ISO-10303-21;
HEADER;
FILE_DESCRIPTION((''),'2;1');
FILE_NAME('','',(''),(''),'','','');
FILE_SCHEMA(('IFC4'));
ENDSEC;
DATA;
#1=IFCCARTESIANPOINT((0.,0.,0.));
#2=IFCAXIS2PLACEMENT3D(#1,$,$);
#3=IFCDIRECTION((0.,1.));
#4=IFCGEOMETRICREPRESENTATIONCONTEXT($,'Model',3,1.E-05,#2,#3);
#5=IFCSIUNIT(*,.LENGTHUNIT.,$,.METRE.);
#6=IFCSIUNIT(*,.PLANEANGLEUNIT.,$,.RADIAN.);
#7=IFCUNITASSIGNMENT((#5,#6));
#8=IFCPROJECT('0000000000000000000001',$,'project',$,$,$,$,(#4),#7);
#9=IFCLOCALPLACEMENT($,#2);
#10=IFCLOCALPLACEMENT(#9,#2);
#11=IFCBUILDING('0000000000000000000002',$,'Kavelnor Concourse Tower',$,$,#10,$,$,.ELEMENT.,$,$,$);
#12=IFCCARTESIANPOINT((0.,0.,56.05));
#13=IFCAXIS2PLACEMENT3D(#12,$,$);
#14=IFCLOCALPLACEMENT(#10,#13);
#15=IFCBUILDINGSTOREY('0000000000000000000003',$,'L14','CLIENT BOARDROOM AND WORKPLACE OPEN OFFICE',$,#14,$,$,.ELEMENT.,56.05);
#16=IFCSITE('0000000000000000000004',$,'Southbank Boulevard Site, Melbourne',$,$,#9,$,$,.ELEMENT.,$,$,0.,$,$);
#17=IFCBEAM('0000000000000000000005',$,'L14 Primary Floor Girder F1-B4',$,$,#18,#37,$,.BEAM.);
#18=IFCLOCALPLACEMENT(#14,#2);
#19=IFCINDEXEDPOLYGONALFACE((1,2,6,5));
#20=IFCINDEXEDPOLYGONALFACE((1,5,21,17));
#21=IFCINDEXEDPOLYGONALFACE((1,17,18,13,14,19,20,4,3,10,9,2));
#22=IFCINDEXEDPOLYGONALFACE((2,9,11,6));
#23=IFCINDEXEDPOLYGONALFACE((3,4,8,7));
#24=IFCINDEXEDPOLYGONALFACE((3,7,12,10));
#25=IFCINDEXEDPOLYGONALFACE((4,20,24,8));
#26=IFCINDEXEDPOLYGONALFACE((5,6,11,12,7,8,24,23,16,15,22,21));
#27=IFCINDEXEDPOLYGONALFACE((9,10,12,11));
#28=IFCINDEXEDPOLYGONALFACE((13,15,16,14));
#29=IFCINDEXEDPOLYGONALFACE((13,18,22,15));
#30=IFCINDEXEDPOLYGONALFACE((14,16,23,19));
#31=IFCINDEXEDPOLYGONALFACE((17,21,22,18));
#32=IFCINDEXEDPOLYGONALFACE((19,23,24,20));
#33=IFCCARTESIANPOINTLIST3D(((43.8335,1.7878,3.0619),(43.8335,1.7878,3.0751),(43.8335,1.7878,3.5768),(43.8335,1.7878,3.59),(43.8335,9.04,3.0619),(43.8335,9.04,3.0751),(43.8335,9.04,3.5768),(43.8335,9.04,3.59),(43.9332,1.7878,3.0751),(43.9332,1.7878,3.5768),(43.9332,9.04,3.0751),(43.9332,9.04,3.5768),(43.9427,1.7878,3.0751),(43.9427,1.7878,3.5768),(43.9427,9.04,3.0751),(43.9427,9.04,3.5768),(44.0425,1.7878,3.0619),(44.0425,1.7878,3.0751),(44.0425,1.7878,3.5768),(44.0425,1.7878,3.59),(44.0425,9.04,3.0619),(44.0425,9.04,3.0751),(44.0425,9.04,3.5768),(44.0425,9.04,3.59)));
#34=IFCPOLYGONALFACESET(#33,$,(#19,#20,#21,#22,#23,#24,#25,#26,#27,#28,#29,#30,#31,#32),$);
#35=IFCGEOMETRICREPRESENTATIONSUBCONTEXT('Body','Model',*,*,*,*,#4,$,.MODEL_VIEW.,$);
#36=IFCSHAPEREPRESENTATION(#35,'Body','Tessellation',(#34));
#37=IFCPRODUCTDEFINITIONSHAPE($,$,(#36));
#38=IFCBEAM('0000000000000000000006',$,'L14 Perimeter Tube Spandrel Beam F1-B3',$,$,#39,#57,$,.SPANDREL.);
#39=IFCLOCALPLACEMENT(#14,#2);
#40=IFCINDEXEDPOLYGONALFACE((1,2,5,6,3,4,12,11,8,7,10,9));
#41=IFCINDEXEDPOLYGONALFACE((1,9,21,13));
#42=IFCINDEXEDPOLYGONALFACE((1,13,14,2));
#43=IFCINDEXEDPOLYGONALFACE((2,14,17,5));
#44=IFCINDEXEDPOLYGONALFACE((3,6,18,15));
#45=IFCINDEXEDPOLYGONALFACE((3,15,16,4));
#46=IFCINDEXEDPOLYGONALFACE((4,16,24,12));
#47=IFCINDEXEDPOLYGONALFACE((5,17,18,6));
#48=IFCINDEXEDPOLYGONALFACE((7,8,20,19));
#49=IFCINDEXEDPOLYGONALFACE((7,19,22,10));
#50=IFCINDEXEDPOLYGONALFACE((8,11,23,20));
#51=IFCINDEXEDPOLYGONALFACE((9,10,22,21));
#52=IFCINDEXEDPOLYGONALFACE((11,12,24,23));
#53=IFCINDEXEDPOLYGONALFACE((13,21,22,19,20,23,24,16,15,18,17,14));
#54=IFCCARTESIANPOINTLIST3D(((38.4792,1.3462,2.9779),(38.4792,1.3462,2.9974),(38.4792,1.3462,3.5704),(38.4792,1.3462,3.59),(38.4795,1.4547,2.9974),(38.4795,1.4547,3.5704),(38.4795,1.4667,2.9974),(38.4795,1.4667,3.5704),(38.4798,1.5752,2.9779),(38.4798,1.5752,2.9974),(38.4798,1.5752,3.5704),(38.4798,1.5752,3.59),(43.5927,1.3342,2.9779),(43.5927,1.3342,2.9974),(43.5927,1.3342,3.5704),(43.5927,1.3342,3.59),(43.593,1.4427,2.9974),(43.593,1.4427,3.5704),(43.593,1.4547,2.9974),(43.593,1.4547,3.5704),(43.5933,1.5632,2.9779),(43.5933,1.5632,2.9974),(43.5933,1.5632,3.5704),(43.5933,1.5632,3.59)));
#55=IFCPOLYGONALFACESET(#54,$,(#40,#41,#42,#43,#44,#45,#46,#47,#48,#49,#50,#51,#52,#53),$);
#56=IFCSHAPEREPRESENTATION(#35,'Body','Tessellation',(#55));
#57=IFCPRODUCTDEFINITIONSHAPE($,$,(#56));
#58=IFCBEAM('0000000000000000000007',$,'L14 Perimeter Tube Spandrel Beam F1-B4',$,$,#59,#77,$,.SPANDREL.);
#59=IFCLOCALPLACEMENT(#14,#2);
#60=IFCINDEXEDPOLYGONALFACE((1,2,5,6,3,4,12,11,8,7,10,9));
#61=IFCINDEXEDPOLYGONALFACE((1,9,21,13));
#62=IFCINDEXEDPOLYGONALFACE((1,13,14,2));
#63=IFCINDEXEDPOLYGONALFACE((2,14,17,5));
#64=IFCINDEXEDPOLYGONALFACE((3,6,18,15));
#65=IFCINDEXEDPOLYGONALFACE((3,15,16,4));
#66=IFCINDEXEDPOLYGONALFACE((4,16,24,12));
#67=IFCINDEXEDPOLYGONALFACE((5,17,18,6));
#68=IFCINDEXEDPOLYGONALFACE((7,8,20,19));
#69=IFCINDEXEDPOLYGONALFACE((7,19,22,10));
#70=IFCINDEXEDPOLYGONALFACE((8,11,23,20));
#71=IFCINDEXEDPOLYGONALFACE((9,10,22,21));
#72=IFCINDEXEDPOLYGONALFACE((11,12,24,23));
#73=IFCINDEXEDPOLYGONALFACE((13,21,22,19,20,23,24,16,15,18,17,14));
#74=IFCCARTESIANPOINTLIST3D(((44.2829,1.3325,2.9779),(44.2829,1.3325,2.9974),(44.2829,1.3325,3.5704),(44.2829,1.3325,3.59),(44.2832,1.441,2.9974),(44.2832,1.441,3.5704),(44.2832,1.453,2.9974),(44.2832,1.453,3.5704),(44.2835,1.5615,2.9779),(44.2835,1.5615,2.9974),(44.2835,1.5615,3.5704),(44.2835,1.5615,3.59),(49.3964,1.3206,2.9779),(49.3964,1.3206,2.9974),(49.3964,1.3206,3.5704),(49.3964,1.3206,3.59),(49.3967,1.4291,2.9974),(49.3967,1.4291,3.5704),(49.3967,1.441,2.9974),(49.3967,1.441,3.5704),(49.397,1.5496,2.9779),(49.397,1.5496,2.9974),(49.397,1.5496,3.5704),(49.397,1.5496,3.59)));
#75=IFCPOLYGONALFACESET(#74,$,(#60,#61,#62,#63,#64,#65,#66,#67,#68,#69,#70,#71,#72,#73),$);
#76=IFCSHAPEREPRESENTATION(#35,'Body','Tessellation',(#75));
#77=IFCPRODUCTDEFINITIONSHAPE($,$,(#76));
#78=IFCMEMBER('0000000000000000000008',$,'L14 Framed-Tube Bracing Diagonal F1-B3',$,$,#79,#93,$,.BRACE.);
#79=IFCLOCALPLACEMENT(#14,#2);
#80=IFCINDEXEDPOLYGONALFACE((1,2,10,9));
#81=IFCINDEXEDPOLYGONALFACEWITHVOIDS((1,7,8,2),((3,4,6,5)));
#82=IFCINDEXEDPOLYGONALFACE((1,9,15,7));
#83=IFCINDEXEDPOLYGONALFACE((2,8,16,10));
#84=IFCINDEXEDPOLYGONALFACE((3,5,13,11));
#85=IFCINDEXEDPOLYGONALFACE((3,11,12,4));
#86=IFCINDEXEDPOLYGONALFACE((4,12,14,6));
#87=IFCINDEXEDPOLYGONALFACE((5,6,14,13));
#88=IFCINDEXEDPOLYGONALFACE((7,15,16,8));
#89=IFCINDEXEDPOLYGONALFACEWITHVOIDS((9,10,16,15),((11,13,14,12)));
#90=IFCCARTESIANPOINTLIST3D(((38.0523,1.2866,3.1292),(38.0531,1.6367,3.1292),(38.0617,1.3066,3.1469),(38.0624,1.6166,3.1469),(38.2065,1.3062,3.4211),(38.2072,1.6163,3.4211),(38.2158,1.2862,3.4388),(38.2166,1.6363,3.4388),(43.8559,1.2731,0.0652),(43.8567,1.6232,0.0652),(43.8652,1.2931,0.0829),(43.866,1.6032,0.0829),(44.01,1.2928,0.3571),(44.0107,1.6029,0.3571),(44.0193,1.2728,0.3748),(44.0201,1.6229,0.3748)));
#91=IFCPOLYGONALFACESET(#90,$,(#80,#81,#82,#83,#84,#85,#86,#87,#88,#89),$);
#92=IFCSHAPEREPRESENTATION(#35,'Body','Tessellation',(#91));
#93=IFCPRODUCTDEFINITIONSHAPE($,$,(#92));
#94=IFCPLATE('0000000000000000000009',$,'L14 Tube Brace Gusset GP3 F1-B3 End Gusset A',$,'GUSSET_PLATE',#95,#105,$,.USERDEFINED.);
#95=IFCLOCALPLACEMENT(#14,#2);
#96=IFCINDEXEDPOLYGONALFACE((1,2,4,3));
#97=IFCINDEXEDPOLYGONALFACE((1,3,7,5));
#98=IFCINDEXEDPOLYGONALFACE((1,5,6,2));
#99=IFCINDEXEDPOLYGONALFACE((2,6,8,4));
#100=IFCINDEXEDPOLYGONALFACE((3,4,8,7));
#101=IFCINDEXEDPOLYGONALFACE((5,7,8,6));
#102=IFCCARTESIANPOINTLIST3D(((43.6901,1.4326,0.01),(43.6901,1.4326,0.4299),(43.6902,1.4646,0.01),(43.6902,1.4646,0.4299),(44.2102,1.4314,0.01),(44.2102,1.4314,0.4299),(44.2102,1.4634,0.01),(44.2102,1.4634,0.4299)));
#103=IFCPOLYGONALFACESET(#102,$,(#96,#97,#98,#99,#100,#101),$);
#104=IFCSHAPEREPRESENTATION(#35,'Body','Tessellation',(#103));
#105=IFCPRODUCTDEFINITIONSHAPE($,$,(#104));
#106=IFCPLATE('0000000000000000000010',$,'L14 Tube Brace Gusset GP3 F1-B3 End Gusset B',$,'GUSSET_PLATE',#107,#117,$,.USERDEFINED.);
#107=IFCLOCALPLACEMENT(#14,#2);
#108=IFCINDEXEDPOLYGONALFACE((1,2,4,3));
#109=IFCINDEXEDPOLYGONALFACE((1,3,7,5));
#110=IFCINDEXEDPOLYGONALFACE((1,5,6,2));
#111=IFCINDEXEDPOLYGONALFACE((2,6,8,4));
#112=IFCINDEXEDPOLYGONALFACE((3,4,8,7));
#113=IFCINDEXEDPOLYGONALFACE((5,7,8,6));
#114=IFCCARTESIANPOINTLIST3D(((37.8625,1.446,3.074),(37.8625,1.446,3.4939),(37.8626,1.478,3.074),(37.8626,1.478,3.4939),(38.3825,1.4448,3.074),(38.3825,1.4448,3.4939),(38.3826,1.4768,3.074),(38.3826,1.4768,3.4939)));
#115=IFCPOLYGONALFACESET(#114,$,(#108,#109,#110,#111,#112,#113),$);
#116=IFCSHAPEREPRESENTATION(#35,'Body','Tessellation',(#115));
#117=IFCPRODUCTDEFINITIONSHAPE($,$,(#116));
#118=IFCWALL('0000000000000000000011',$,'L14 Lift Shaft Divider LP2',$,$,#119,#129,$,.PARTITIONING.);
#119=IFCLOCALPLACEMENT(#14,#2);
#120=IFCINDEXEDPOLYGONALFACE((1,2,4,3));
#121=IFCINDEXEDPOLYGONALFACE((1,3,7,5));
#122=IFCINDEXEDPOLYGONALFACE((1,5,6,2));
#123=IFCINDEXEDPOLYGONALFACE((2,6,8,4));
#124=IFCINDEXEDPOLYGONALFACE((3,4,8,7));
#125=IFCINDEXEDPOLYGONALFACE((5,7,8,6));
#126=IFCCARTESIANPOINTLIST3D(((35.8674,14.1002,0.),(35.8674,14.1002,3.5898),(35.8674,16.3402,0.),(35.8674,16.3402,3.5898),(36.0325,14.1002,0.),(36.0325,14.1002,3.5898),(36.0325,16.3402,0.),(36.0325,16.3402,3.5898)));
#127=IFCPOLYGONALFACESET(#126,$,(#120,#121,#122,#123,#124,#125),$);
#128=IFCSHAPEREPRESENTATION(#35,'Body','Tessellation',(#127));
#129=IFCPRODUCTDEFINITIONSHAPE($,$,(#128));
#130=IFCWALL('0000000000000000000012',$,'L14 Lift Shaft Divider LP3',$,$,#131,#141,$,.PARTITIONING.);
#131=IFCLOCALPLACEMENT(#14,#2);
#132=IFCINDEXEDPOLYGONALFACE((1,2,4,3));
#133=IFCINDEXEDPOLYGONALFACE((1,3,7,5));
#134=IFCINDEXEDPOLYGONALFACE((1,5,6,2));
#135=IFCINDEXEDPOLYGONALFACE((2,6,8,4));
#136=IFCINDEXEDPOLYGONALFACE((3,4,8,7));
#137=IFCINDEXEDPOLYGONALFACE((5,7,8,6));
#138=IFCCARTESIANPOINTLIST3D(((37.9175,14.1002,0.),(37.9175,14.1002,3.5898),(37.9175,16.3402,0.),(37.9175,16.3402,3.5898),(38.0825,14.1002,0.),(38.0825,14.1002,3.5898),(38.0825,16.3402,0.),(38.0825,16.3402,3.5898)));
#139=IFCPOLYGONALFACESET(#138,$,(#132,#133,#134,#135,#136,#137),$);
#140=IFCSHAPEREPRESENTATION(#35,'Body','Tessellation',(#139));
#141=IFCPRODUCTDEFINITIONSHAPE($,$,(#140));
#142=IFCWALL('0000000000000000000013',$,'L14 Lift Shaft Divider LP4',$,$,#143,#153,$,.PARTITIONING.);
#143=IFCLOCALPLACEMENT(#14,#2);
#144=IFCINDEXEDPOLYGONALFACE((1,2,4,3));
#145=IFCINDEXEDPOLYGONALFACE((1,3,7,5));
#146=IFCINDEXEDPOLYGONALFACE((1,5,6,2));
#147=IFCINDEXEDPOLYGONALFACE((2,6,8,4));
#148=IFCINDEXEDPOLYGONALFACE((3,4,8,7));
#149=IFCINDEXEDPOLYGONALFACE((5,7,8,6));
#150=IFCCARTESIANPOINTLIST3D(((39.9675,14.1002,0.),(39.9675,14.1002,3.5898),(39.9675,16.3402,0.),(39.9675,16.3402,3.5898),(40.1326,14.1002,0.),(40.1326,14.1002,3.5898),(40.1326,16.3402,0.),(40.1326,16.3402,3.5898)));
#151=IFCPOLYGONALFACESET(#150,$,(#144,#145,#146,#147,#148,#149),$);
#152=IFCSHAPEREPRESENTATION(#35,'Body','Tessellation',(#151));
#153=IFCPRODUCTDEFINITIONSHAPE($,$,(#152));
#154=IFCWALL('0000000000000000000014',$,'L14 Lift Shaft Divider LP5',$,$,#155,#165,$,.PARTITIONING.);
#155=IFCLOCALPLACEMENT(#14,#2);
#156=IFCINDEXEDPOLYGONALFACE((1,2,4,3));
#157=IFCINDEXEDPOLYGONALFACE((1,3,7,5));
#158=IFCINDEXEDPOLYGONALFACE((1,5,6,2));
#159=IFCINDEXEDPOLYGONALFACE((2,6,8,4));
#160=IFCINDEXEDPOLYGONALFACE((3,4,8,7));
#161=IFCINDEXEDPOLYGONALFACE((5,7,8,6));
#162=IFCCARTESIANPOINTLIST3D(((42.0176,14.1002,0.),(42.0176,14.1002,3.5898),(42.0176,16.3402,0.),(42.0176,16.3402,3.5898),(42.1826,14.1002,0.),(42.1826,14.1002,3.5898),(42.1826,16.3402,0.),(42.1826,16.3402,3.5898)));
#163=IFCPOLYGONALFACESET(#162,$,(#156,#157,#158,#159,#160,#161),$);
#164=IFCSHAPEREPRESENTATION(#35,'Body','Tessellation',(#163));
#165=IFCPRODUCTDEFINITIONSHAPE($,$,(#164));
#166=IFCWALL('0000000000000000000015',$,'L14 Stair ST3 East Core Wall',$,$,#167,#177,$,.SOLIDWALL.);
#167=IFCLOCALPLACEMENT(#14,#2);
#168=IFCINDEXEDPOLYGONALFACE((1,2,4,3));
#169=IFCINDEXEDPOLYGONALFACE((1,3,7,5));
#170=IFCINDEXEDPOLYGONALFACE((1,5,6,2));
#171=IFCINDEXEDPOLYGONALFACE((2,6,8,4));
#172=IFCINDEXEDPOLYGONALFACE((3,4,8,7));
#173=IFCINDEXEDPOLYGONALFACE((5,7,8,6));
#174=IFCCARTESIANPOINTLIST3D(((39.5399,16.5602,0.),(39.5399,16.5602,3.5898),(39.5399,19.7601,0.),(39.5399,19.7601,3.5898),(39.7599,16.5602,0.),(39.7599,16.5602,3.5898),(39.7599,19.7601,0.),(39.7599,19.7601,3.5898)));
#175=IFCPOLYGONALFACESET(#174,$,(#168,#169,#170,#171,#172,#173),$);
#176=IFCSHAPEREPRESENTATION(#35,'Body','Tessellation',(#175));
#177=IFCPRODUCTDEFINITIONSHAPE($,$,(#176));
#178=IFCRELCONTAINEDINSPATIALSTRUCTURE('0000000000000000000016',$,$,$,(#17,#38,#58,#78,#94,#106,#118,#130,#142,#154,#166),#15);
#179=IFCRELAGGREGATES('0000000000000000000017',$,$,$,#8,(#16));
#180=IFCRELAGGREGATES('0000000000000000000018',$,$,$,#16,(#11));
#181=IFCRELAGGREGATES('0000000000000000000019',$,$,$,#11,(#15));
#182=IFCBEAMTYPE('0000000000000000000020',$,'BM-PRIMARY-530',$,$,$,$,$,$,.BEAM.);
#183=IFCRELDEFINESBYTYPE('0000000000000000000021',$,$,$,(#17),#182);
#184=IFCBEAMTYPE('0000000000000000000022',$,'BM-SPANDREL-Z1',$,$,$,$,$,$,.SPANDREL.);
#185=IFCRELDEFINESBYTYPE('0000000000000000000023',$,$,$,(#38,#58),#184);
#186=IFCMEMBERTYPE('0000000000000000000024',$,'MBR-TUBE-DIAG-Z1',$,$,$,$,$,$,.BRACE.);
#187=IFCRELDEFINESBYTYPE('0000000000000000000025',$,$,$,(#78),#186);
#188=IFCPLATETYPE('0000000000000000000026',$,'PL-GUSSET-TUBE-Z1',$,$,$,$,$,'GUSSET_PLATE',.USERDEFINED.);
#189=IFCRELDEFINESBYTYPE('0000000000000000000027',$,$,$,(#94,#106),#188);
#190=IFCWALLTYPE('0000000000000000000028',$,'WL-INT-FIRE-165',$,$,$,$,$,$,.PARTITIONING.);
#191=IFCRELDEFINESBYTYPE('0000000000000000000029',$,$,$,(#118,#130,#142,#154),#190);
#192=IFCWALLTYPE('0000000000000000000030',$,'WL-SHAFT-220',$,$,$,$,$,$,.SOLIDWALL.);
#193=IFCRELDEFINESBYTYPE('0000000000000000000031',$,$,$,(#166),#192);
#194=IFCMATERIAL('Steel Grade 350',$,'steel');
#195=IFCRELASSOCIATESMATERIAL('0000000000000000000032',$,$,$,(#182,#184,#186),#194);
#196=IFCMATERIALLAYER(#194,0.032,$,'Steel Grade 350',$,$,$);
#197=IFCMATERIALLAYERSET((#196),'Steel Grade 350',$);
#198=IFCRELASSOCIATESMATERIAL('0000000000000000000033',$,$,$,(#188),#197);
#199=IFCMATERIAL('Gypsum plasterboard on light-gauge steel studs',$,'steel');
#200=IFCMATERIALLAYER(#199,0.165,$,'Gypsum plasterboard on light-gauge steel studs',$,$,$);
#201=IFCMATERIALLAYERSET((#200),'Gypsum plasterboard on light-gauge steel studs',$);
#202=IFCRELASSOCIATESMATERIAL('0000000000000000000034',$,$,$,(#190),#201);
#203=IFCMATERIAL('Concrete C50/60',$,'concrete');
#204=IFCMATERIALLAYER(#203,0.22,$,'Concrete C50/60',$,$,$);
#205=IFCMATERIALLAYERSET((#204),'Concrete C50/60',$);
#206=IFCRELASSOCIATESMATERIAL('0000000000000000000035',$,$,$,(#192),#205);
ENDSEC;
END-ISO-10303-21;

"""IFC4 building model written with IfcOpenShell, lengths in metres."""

from ifc_helpers import new_model, si_unit, direction, frame, frame_2d, origin, origin_2d, place, context, subcontext, project, spatial, rectangle, hollow_rectangle, i_section, extrude, material, layer, layer_set, material_profile, profile_set, type_object, element, save


model = new_model("IFC4")

# Units and contexts
model_context = context("Model", 3, precision=1e-05, world=origin(), true_north=direction((0.0, 1.0)))
body_context = subcontext(model_context, "Body", "Model", "MODEL_VIEW")
ifc_project = project(units=[si_unit("LENGTHUNIT", "METRE"), si_unit("PLANEANGLEUNIT", "RADIAN")], contexts=[model_context])

# Site, building, storey
site_placement = place(None, origin())
site = spatial("IfcSite", under=ifc_project, at=site_placement, Name="Southbank Boulevard Site, Melbourne", CompositionType="ELEMENT", RefElevation=0.0)
building_placement = place(site_placement, origin())
building = spatial("IfcBuilding", under=site, at=building_placement, Name="Kavelnor Concourse Tower", CompositionType="ELEMENT")
storey_placement = place(building_placement, frame((0.0, 0.0, 56.05)))
storey = spatial("IfcBuildingStorey", under=building, at=storey_placement, Name="L14", Description="CLIENT BOARDROOM AND WORKPLACE OPEN OFFICE", CompositionType="ELEMENT", Elevation=56.05)

# Shared definitions
ifc_material_1 = material(Name="Steel Grade 350", Category="steel")

# Beams
ifc_material_profile_1 = material_profile(ifc_material_1, i_section(OverallWidth=0.209, OverallDepth=0.5281, WebThickness=0.0095, FlangeThickness=0.0132, at=origin_2d()), Name="530UB82")
ifc_profile_set_1 = profile_set([ifc_material_profile_1], Name="Steel Grade 350")
beam_type_1 = type_object("IfcBeamType", Name="BM-PRIMARY-530", PredefinedType="BEAM", material=ifc_profile_set_1)
beam_1_placement = place(storey_placement, frame((43.938, 9.04, 3.3259), z_axis=(0.0, -1.0, 0.0), x_axis=(1.0, 0.0, 0.0)))
element("IfcBeam", 1, at=beam_1_placement, inside=storey, type_object=beam_type_1, Name="L14 Primary Floor Girder F1-B4", PredefinedType="BEAM", context=body_context, shape_type="SweptSolid", body=[
    extrude(i_section(OverallWidth=0.209, OverallDepth=0.5281, WebThickness=0.0095, FlangeThickness=0.0132, at=origin_2d()), origin(), (0.0, 0.0, 1.0), 7.2522),
])
ifc_material_profile_2 = material_profile(ifc_material_1, i_section(OverallWidth=0.229, OverallDepth=0.6121, WebThickness=0.012, FlangeThickness=0.0195, at=origin_2d()), Name="610UB125")
ifc_profile_set_2 = profile_set([ifc_material_profile_2], Name="Steel Grade 350")
beam_type_2 = type_object("IfcBeamType", Name="BM-SPANDREL-Z1", PredefinedType="SPANDREL", material=ifc_profile_set_2)
for number, where, z_axis, x_axis, name in (
    (2, (38.4795, 1.4607, 3.2839), (0.999997, -0.002339, 0.0), (0.002339, 0.999997, 0.0), "L14 Perimeter Tube Spandrel Beam F1-B3"),
    (3, (44.2832, 1.447, 3.2839), (0.999997, -0.002339, 0.0), (0.002339, 0.999997, 0.0), "L14 Perimeter Tube Spandrel Beam F1-B4"),
):
    element("IfcBeam", number, at=place(storey_placement, frame(where, z_axis=z_axis, x_axis=x_axis)), inside=storey, type_object=beam_type_2, Name=name, PredefinedType="SPANDREL", context=body_context, shape_type="SweptSolid", body=[
        extrude(i_section(OverallWidth=0.229, OverallDepth=0.6121, WebThickness=0.012, FlangeThickness=0.0195, at=origin_2d()), origin(), (0.0, 0.0, 1.0), 5.1135),
    ])

# Member
ifc_material_profile_3 = material_profile(ifc_material_1, hollow_rectangle(XDim=0.3501, YDim=0.3501, WallThickness=0.02, at=origin_2d()), Name="SHS 350x350x20")
ifc_profile_set_3 = profile_set([ifc_material_profile_3], Name="Steel Grade 350")
member_type = type_object("IfcMemberType", Name="MBR-TUBE-DIAG-Z1", PredefinedType="BRACE", material=ifc_profile_set_3)
member_placement = place(storey_placement, frame((43.938, 1.448, 0.22), z_axis=(-0.884318, 0.002046, 0.46688), x_axis=(-0.002314, -0.999997, 0.0)))
element("IfcMember", 4, at=member_placement, inside=storey, type_object=member_type, Name="L14 Framed-Tube Bracing Diagonal F1-B3", PredefinedType="BRACE", context=body_context, shape_type="SweptSolid", body=[
    extrude(hollow_rectangle(XDim=0.3501, YDim=0.3501, WallThickness=0.02, at=origin_2d()), origin(), (0.0, 0.0, 1.0), 6.5627),
])

# Plates
ifc_layer_1 = layer(ifc_material_1, 0.032, Name="Steel Grade 350")
ifc_layer_set_1 = layer_set([ifc_layer_1], Name="Steel Grade 350")
plate_type = type_object("IfcPlateType", Name="PL-GUSSET-TUBE-Z1", ElementType="GUSSET_PLATE", PredefinedType="USERDEFINED", material=ifc_layer_set_1)
for number, where, z_axis, x_axis, name in (
    (5, (43.9502, 1.448, 0.01), (0.0, 0.0, 1.0), (-0.999997, 0.002269, 0.0), "L14 Tube Brace Gusset GP3 F1-B3 End Gusset A"),
    (6, (38.1226, 1.4614, 3.074), (0.0, 0.0, 1.0), (-0.999997, 0.002269, 0.0), "L14 Tube Brace Gusset GP3 F1-B3 End Gusset B"),
):
    element("IfcPlate", number, at=place(storey_placement, frame(where, z_axis=z_axis, x_axis=x_axis)), inside=storey, type_object=plate_type, Name=name, ObjectType="GUSSET_PLATE", PredefinedType="USERDEFINED", context=body_context, shape_type="SweptSolid", body=[
        extrude(rectangle(XDim=0.52, YDim=0.032, at=origin_2d()), origin(), (0.0, 0.0, 1.0), 0.4199),
    ])

# Walls
ifc_material_2 = material(Name="Gypsum plasterboard on light-gauge steel studs", Category="steel")
ifc_layer_2 = layer(ifc_material_2, 0.165, Name="Gypsum plasterboard on light-gauge steel studs")
ifc_layer_set_2 = layer_set([ifc_layer_2], Name="Gypsum plasterboard on light-gauge steel studs")
wall_type_1 = type_object("IfcWallType", Name="WL-INT-FIRE-165", PredefinedType="PARTITIONING", material=ifc_layer_set_2)
for number, where, z_axis, x_axis, name in (
    (7, (35.95, 14.1001, 0.0), (0.0, 0.0, 1.0), (0.0, 1.0, 0.0), "L14 Lift Shaft Divider LP2"),
    (8, (38.0, 14.1001, 0.0), (0.0, 0.0, 1.0), (0.0, 1.0, 0.0), "L14 Lift Shaft Divider LP3"),
    (9, (40.05, 14.1001, 0.0), (0.0, 0.0, 1.0), (0.0, 1.0, 0.0), "L14 Lift Shaft Divider LP4"),
    (10, (42.1001, 14.1001, 0.0), (0.0, 0.0, 1.0), (0.0, 1.0, 0.0), "L14 Lift Shaft Divider LP5"),
):
    element("IfcWall", number, at=place(storey_placement, frame(where, z_axis=z_axis, x_axis=x_axis)), inside=storey, type_object=wall_type_1, Name=name, PredefinedType="PARTITIONING", context=body_context, shape_type="SweptSolid", body=[
        extrude(rectangle(XDim=2.24, YDim=0.165, at=frame_2d((1.1201, 0.0))), origin(), (0.0, 0.0, 1.0), 3.5898),
    ])
ifc_material_3 = material(Name="Concrete C50/60", Category="concrete")
ifc_layer_3 = layer(ifc_material_3, 0.22, Name="Concrete C50/60")
ifc_layer_set_3 = layer_set([ifc_layer_3], Name="Concrete C50/60")
wall_type_2 = type_object("IfcWallType", Name="WL-SHAFT-220", PredefinedType="SOLIDWALL", material=ifc_layer_set_3)
wall_1_placement = place(storey_placement, frame((39.6499, 16.5601, 0.0), z_axis=(0.0, 0.0, 1.0), x_axis=(0.0, 1.0, 0.0)))
element("IfcWall", 11, at=wall_1_placement, inside=storey, type_object=wall_type_2, Name="L14 Stair ST3 East Core Wall", PredefinedType="SOLIDWALL", context=body_context, shape_type="SweptSolid", body=[
    extrude(rectangle(XDim=3.2, YDim=0.22, at=frame_2d((1.6001, 0.0))), origin(), (0.0, 0.0, 1.0), 3.5898),
])

save(model, "model.ifc")
